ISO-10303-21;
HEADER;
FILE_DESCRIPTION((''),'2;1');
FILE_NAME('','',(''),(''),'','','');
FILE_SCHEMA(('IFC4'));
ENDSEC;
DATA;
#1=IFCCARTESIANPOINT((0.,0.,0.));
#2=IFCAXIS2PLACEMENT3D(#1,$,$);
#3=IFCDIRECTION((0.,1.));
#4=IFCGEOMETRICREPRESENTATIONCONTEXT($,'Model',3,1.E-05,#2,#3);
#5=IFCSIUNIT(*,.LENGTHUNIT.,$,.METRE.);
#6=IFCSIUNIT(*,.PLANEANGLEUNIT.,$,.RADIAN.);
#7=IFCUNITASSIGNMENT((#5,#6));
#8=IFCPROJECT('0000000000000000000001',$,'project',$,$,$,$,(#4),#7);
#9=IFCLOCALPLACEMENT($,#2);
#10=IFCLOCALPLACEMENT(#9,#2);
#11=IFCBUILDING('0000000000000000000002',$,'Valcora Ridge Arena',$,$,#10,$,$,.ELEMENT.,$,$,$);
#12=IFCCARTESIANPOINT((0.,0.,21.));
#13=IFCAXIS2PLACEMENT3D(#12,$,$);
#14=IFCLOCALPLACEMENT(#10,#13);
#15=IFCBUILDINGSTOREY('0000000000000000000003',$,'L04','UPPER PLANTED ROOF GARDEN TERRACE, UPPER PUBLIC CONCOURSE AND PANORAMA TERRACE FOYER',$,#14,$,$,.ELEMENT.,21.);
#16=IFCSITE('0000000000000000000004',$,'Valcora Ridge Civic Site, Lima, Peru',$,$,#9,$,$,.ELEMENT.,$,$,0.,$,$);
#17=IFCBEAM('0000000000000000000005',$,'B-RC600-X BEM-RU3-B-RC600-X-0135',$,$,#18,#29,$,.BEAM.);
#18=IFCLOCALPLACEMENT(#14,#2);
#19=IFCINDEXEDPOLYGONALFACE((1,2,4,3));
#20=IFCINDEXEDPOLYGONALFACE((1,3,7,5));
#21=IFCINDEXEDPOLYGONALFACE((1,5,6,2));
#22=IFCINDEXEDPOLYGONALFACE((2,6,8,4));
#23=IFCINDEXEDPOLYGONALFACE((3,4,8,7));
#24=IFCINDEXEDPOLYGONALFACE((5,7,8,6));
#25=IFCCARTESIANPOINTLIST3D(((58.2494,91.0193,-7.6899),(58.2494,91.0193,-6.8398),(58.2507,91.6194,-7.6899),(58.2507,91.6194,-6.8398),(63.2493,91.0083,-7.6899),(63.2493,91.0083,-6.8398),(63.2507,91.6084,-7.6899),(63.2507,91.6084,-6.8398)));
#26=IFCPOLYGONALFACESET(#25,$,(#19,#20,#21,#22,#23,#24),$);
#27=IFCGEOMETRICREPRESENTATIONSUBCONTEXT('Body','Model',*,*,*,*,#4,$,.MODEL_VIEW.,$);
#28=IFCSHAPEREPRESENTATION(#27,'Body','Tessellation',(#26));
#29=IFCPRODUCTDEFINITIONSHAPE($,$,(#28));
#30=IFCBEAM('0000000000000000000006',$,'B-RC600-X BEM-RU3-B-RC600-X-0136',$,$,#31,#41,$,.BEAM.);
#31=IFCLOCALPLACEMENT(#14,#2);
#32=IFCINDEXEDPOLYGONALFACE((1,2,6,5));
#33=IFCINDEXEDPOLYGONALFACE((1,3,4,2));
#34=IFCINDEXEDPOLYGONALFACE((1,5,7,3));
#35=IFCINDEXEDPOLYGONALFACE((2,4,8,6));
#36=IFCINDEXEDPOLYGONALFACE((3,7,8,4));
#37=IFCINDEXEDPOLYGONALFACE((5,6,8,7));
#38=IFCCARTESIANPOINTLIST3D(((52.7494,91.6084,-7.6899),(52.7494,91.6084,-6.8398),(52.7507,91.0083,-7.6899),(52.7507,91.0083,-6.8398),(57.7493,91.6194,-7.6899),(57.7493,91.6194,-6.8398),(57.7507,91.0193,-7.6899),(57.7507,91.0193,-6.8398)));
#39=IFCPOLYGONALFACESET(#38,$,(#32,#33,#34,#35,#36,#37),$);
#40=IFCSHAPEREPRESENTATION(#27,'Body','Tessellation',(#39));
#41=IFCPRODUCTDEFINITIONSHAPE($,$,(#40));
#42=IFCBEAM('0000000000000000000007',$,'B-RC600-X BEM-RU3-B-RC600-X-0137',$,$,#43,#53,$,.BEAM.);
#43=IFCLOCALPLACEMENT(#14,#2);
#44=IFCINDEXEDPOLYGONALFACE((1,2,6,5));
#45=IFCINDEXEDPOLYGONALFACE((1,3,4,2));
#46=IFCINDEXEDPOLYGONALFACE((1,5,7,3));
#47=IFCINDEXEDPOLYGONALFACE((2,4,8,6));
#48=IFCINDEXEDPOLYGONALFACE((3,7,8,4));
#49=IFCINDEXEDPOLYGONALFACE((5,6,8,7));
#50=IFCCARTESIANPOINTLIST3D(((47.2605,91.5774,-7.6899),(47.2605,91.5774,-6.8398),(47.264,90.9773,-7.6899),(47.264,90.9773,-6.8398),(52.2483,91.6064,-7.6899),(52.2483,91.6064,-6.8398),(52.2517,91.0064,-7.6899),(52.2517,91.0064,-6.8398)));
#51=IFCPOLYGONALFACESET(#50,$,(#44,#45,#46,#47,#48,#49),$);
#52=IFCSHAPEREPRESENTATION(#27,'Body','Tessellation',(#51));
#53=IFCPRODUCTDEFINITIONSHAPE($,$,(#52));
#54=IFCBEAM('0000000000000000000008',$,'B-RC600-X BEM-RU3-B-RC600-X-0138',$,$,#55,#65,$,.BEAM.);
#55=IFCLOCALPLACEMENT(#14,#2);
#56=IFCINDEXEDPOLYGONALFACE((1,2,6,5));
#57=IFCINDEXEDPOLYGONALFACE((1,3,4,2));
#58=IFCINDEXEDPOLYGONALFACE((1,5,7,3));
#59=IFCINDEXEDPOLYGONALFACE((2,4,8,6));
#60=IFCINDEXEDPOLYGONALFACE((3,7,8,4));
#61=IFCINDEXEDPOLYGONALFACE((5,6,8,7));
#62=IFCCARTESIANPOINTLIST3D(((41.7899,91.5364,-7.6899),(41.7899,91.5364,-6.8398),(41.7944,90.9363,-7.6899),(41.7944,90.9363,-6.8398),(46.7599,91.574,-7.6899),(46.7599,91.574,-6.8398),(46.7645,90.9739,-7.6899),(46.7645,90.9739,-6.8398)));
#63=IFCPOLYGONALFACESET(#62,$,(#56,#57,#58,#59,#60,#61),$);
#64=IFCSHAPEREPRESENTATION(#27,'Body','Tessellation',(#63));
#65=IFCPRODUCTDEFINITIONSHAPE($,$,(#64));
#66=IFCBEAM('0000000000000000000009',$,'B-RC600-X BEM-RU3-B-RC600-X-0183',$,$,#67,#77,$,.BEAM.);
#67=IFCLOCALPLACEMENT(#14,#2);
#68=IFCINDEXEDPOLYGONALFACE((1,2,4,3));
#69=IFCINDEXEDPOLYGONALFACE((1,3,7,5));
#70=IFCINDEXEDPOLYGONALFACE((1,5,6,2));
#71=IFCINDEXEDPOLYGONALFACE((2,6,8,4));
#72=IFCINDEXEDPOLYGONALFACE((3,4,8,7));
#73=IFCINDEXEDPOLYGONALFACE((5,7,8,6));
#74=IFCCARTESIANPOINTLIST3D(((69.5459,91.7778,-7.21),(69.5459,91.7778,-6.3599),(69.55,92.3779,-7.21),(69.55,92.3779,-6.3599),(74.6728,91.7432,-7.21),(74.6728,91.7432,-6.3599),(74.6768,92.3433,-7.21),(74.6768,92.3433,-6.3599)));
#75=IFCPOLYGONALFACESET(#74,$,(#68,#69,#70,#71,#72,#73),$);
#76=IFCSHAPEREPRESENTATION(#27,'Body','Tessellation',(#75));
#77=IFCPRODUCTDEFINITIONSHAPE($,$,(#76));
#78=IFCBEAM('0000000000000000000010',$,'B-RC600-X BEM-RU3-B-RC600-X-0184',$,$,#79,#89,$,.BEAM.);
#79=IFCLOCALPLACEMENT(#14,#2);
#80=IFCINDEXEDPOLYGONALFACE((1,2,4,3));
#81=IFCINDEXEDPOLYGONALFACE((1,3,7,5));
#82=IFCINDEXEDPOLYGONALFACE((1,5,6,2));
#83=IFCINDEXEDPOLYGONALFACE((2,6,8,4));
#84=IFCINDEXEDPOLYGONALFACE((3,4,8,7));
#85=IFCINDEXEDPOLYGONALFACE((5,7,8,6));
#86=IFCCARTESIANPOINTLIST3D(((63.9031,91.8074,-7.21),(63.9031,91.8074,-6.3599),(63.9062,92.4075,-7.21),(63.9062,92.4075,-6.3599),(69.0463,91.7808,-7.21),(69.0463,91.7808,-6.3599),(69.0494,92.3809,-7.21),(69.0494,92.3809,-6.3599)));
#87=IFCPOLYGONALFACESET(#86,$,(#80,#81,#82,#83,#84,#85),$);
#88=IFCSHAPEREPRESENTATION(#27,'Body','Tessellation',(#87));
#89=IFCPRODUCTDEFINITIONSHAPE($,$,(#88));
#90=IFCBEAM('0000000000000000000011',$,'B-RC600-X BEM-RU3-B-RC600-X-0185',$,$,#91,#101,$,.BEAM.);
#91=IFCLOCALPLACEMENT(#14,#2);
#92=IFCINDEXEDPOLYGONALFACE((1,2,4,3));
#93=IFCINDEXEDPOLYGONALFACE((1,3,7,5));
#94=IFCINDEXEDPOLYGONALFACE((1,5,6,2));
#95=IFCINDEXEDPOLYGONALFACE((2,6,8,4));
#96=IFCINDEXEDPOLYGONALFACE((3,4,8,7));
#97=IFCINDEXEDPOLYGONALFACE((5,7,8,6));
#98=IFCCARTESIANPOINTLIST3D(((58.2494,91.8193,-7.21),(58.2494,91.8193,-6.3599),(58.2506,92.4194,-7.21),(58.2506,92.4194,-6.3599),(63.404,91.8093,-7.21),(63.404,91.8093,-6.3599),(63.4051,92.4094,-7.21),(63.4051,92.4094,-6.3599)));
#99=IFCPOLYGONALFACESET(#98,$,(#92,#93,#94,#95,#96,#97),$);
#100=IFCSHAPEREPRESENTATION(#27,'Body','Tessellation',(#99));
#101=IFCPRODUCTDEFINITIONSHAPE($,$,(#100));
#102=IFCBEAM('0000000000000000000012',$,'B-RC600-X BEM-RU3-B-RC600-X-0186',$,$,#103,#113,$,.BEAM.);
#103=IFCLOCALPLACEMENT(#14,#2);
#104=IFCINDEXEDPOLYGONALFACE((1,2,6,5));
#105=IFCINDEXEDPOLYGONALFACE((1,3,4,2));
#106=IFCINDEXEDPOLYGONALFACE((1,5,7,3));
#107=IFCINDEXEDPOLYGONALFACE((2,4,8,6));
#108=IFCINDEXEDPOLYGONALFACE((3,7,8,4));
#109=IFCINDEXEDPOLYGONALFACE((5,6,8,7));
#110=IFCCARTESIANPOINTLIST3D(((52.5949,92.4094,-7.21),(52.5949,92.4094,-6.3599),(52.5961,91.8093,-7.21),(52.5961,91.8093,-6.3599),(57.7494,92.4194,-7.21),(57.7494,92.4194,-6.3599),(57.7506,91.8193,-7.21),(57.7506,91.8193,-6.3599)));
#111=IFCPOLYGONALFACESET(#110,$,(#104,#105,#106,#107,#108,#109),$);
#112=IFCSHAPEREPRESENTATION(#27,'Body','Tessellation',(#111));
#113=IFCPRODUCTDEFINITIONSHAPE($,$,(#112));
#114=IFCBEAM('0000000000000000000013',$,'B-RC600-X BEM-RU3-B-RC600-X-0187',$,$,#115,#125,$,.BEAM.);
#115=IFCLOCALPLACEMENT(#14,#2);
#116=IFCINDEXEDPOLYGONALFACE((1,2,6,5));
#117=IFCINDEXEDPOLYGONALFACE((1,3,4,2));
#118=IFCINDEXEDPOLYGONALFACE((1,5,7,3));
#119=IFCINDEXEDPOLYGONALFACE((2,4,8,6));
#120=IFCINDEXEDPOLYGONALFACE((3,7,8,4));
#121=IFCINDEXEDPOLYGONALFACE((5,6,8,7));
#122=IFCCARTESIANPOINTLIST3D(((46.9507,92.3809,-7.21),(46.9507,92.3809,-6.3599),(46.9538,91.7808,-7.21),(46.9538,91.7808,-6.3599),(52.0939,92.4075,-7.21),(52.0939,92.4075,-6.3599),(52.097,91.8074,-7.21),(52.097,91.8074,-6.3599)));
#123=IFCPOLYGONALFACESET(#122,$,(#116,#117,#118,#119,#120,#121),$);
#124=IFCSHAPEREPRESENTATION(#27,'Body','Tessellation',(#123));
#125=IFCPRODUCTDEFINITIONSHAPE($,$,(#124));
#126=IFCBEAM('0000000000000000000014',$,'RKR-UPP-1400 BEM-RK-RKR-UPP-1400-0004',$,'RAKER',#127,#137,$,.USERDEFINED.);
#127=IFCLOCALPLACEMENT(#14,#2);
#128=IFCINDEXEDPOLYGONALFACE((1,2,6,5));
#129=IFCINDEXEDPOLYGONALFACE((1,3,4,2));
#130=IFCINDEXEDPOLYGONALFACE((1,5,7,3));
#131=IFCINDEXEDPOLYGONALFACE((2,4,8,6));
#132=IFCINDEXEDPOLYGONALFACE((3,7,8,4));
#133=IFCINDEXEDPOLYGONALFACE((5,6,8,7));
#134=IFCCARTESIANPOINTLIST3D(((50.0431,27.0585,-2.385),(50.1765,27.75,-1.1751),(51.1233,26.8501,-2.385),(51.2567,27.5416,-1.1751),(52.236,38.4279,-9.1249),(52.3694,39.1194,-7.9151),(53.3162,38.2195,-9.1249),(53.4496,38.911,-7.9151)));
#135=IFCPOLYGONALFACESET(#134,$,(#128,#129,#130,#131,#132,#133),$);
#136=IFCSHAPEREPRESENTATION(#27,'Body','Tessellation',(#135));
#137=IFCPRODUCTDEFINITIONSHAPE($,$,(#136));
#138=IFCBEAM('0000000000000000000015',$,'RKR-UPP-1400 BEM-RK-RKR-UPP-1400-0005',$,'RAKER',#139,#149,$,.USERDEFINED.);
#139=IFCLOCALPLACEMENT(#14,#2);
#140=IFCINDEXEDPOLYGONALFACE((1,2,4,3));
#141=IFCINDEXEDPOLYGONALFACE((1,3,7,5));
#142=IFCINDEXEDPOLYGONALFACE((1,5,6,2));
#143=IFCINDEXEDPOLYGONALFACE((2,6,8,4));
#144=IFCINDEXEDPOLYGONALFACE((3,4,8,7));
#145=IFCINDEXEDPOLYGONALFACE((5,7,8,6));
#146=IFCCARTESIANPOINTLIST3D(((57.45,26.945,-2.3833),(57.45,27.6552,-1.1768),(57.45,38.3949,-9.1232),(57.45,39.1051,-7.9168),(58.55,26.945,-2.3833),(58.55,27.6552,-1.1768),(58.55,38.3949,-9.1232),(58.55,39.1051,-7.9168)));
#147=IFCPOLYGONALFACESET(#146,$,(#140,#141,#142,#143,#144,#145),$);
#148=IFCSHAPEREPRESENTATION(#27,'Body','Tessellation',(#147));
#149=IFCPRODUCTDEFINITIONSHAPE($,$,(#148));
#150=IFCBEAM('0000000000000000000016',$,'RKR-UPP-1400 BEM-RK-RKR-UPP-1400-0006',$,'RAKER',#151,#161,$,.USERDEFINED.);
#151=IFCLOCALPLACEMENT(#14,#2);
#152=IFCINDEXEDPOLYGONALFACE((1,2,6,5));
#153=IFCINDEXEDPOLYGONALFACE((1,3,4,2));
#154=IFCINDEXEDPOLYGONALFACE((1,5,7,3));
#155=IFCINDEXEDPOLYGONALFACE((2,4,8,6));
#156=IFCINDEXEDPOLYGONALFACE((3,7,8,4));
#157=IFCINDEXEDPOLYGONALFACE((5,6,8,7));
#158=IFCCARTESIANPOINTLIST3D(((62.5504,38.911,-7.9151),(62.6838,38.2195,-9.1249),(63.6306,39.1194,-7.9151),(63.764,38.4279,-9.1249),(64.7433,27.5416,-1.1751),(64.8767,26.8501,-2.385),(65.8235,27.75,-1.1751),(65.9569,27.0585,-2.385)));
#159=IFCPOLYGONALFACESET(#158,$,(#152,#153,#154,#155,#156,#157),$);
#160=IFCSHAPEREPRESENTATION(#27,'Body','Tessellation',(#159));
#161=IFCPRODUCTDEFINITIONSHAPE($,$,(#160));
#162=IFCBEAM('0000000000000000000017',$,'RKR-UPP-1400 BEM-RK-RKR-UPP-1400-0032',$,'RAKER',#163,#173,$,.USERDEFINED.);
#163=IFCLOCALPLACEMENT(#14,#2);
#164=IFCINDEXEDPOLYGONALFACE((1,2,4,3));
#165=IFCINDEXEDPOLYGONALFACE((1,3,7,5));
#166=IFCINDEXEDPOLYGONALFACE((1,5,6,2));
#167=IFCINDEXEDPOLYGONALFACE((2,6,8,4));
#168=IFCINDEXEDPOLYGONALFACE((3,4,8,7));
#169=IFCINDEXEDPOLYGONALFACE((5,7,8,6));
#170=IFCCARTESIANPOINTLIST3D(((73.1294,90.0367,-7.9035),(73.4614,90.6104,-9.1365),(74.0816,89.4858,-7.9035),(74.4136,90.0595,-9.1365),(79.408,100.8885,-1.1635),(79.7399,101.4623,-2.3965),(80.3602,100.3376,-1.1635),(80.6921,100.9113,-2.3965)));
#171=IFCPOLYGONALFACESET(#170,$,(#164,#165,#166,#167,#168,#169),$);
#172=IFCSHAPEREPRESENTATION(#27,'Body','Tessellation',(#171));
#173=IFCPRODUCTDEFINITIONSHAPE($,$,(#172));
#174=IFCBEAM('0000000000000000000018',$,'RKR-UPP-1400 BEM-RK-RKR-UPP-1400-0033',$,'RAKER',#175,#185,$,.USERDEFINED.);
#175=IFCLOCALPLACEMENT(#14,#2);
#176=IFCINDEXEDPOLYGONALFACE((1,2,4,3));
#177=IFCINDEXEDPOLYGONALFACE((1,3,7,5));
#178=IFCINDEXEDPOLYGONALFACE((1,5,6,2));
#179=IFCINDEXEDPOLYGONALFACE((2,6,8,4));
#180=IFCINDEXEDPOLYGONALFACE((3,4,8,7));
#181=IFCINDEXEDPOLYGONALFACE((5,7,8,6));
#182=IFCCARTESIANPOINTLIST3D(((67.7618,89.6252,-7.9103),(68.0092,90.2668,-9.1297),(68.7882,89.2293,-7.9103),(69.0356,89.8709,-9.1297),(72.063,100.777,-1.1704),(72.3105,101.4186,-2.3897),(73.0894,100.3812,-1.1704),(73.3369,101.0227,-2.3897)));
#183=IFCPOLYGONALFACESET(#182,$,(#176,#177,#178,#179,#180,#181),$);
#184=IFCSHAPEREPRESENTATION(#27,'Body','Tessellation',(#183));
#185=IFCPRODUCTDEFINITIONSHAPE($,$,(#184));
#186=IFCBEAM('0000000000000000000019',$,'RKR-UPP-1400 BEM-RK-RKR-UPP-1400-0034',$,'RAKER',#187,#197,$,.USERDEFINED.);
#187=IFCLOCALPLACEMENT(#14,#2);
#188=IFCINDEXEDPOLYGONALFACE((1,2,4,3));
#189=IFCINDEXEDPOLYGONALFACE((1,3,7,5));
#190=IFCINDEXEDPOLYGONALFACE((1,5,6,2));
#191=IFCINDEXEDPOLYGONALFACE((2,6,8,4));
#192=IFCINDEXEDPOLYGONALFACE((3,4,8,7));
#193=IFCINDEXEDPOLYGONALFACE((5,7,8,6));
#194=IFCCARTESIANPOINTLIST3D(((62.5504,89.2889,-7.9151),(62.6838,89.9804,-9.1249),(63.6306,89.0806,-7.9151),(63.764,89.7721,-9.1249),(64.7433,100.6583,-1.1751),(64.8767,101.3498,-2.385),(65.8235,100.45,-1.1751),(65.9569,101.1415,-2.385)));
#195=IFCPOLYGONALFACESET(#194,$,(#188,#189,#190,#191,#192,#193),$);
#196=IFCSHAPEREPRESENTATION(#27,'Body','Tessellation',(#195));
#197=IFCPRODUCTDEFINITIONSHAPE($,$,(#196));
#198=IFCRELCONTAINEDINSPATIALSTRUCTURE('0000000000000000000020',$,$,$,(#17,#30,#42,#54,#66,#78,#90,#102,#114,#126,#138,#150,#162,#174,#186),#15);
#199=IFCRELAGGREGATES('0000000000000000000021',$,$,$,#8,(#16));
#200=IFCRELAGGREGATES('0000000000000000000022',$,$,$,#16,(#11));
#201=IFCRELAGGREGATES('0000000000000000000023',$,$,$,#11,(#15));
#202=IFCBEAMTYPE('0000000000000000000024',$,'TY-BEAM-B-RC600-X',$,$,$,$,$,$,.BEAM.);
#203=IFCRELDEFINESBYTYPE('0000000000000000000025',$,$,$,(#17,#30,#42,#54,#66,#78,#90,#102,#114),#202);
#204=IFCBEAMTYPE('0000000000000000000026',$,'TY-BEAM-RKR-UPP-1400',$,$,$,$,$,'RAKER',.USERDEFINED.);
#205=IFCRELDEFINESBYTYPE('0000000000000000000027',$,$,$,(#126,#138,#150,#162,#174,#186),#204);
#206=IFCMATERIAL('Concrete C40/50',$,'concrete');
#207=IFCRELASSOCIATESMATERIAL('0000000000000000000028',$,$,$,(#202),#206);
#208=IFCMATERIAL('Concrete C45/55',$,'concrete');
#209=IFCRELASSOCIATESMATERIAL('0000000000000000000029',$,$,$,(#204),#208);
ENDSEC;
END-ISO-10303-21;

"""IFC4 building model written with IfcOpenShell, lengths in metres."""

from ifc_helpers import new_model, si_unit, direction, frame, origin, origin_2d, place, context, subcontext, project, spatial, rectangle, extrude, material, material_profile, profile_set, type_object, element, save


model = new_model("IFC4")

# Units and contexts
model_context = context("Model", 3, precision=1e-05, world=origin(), true_north=direction((0.0, 1.0)))
body_context = subcontext(model_context, "Body", "Model", "MODEL_VIEW")
ifc_project = project(units=[si_unit("LENGTHUNIT", "METRE"), si_unit("PLANEANGLEUNIT", "RADIAN")], contexts=[model_context])

# Site, building, storey
site_placement = place(None, origin())
site = spatial("IfcSite", under=ifc_project, at=site_placement, Name="Valcora Ridge Civic Site, Lima, Peru", CompositionType="ELEMENT", RefElevation=0.0)
building_placement = place(site_placement, origin())
building = spatial("IfcBuilding", under=site, at=building_placement, Name="Valcora Ridge Arena", CompositionType="ELEMENT")
storey_placement = place(building_placement, frame((0.0, 0.0, 21.0)))
storey = spatial("IfcBuildingStorey", under=building, at=storey_placement, Name="L04", Description="UPPER PLANTED ROOF GARDEN TERRACE, UPPER PUBLIC CONCOURSE AND PANORAMA TERRACE FOYER", CompositionType="ELEMENT", Elevation=21.0)

# Beams
ifc_material_1 = material(Name="Concrete C40/50", Category="concrete")
ifc_material_profile_1 = material_profile(ifc_material_1, rectangle(XDim=0.6001, YDim=0.8501, at=origin_2d()), Name="RC 600x850")
ifc_profile_set_1 = profile_set([ifc_material_profile_1], Name="Concrete C40/50")
beam_type_1 = type_object("IfcBeamType", Name="TY-BEAM-B-RC600-X", PredefinedType="BEAM", material=ifc_profile_set_1)
for number, where, z_axis, x_axis, name in (
    (1, (63.25, 91.3083, -7.2649), (-0.999998, 0.002197, 0.0), (-0.002197, -0.999998, 0.0), "B-RC600-X BEM-RU3-B-RC600-X-0135"),
    (2, (57.75, 91.3193, -7.2649), (-0.999998, -0.002197, 0.0), (0.002197, -0.999998, 0.0), "B-RC600-X BEM-RU3-B-RC600-X-0136"),
):
    element("IfcBeam", number, at=place(storey_placement, frame(where, z_axis=z_axis, x_axis=x_axis)), inside=storey, type_object=beam_type_1, Name=name, PredefinedType="BEAM", context=body_context, shape_type="SweptSolid", body=[
        extrude(rectangle(XDim=0.6001, YDim=0.8501, at=origin_2d()), origin(), (0.0, 0.0, 1.0), 5.0),
    ])
beam_1_placement = place(storey_placement, frame((52.25, 91.3064, -7.2649), z_axis=(-0.999983, -0.005825, 0.0), x_axis=(0.005825, -0.999983, 0.0)))
element("IfcBeam", 3, at=beam_1_placement, inside=storey, type_object=beam_type_1, Name="B-RC600-X BEM-RU3-B-RC600-X-0137", PredefinedType="BEAM", context=body_context, shape_type="SweptSolid", body=[
    extrude(rectangle(XDim=0.6001, YDim=0.8501, at=origin_2d()), origin(), (0.0, 0.0, 1.0), 4.9878),
])
beam_2_placement = place(storey_placement, frame((46.7622, 91.2739, -7.2649), z_axis=(-0.999971, -0.007565, 0.0), x_axis=(0.007565, -0.999971, 0.0)))
element("IfcBeam", 4, at=beam_2_placement, inside=storey, type_object=beam_type_1, Name="B-RC600-X BEM-RU3-B-RC600-X-0138", PredefinedType="BEAM", context=body_context, shape_type="SweptSolid", body=[
    extrude(rectangle(XDim=0.6001, YDim=0.8501, at=origin_2d()), origin(), (0.0, 0.0, 1.0), 4.9702),
])
beam_3_placement = place(storey_placement, frame((74.6748, 92.0432, -6.7849), z_axis=(-0.999977, 0.006762, 0.0), x_axis=(-0.006762, -0.999977, 0.0)))
element("IfcBeam", 5, at=beam_3_placement, inside=storey, type_object=beam_type_1, Name="B-RC600-X BEM-RU3-B-RC600-X-0183", PredefinedType="BEAM", context=body_context, shape_type="SweptSolid", body=[
    extrude(rectangle(XDim=0.6001, YDim=0.8501, at=origin_2d()), origin(), (0.0, 0.0, 1.0), 5.127),
])
beam_4_placement = place(storey_placement, frame((69.0479, 92.0808, -6.7849), z_axis=(-0.999987, 0.005174, 0.0), x_axis=(-0.005174, -0.999987, 0.0)))
element("IfcBeam", 6, at=beam_4_placement, inside=storey, type_object=beam_type_1, Name="B-RC600-X BEM-RU3-B-RC600-X-0184", PredefinedType="BEAM", context=body_context, shape_type="SweptSolid", body=[
    extrude(rectangle(XDim=0.6001, YDim=0.8501, at=origin_2d()), origin(), (0.0, 0.0, 1.0), 5.1433),
])
for number, where, z_axis, x_axis, name in (
    (7, (63.4045, 92.1094, -6.7849), (-0.999998, 0.001942, 0.0), (-0.001942, -0.999998, 0.0), "B-RC600-X BEM-RU3-B-RC600-X-0185"),
    (8, (57.75, 92.1194, -6.7849), (-0.999998, -0.001942, 0.0), (0.001942, -0.999998, 0.0), "B-RC600-X BEM-RU3-B-RC600-X-0186"),
):
    element("IfcBeam", number, at=place(storey_placement, frame(where, z_axis=z_axis, x_axis=x_axis)), inside=storey, type_object=beam_type_1, Name=name, PredefinedType="BEAM", context=body_context, shape_type="SweptSolid", body=[
        extrude(rectangle(XDim=0.6001, YDim=0.8501, at=origin_2d()), origin(), (0.0, 0.0, 1.0), 5.1545),
    ])
beam_5_placement = place(storey_placement, frame((52.0955, 92.1074, -6.7849), z_axis=(-0.999987, -0.005174, 0.0), x_axis=(0.005174, -0.999987, 0.0)))
element("IfcBeam", 9, at=beam_5_placement, inside=storey, type_object=beam_type_1, Name="B-RC600-X BEM-RU3-B-RC600-X-0187", PredefinedType="BEAM", context=body_context, shape_type="SweptSolid", body=[
    extrude(rectangle(XDim=0.6001, YDim=0.8501, at=origin_2d()), origin(), (0.0, 0.0, 1.0), 5.1433),
])
ifc_material_2 = material(Name="Concrete C45/55", Category="concrete")
ifc_material_profile_2 = material_profile(ifc_material_2, rectangle(XDim=1.1001, YDim=1.3999, at=origin_2d()), Name="RC 1100x1400")
ifc_profile_set_2 = profile_set([ifc_material_profile_2], Name="Concrete C45/55")
beam_type_2 = type_object("IfcBeamType", Name="TY-BEAM-RKR-UPP-1400", ElementType="RAKER", PredefinedType="USERDEFINED", material=ifc_profile_set_2)
beam_6_placement = place(storey_placement, frame((52.8428, 38.6694, -8.52), z_axis=(-0.163675, -0.848606, 0.50307), x_axis=(0.981903, -0.189385, 0.0)))
element("IfcBeam", 10, at=beam_6_placement, inside=storey, type_object=beam_type_2, Name="RKR-UPP-1400 BEM-RK-RKR-UPP-1400-0004", ObjectType="RAKER", PredefinedType="USERDEFINED", context=body_context, shape_type="SweptSolid", body=[
    extrude(rectangle(XDim=1.1001, YDim=1.3999, at=origin_2d()), origin(), (0.0, 0.0, 1.0), 13.3977),
])
beam_7_placement = place(storey_placement, frame((58.0, 38.75, -8.52), z_axis=(0.0, -0.861779, 0.507284), x_axis=(1.0, 0.0, 0.0)))
element("IfcBeam", 11, at=beam_7_placement, inside=storey, type_object=beam_type_2, Name="RKR-UPP-1400 BEM-RK-RKR-UPP-1400-0005", ObjectType="RAKER", PredefinedType="USERDEFINED", context=body_context, shape_type="SweptSolid", body=[
    extrude(rectangle(XDim=1.1001, YDim=1.3999, at=origin_2d()), origin(), (0.0, 0.0, 1.0), 13.2864),
])
beam_8_placement = place(storey_placement, frame((63.1572, 38.6694, -8.52), z_axis=(0.163675, -0.848606, 0.50307), x_axis=(0.981903, 0.189385, 0.0)))
element("IfcBeam", 12, at=beam_8_placement, inside=storey, type_object=beam_type_2, Name="RKR-UPP-1400 BEM-RK-RKR-UPP-1400-0006", ObjectType="RAKER", PredefinedType="USERDEFINED", context=body_context, shape_type="SweptSolid", body=[
    extrude(rectangle(XDim=1.1001, YDim=1.3999, at=origin_2d()), origin(), (0.0, 0.0, 1.0), 13.3977),
])
beam_9_placement = place(storey_placement, frame((73.7715, 90.0481, -8.52), z_axis=(0.441093, 0.762381, 0.47351), x_axis=(-0.865567, 0.500794, 0.0)))
element("IfcBeam", 13, at=beam_9_placement, inside=storey, type_object=beam_type_2, Name="RKR-UPP-1400 BEM-RK-RKR-UPP-1400-0032", ObjectType="RAKER", PredefinedType="USERDEFINED", context=body_context, shape_type="SweptSolid", body=[
    extrude(rectangle(XDim=1.1001, YDim=1.3999, at=origin_2d()), origin(), (0.0, 0.0, 1.0), 14.2341),
])
beam_10_placement = place(storey_placement, frame((68.3987, 89.748, -8.52), z_axis=(0.313459, 0.812701, 0.491183), x_axis=(-0.933006, 0.35986, 0.0)))
element("IfcBeam", 14, at=beam_10_placement, inside=storey, type_object=beam_type_2, Name="RKR-UPP-1400 BEM-RK-RKR-UPP-1400-0033", ObjectType="RAKER", PredefinedType="USERDEFINED", context=body_context, shape_type="SweptSolid", body=[
    extrude(rectangle(XDim=1.1001, YDim=1.3999, at=origin_2d()), origin(), (0.0, 0.0, 1.0), 13.7219),
])
beam_11_placement = place(storey_placement, frame((63.1572, 89.5305, -8.52), z_axis=(0.163675, 0.848606, 0.50307), x_axis=(-0.981903, 0.189385, 0.0)))
element("IfcBeam", 15, at=beam_11_placement, inside=storey, type_object=beam_type_2, Name="RKR-UPP-1400 BEM-RK-RKR-UPP-1400-0034", ObjectType="RAKER", PredefinedType="USERDEFINED", context=body_context, shape_type="SweptSolid", body=[
    extrude(rectangle(XDim=1.1001, YDim=1.3999, at=origin_2d()), origin(), (0.0, 0.0, 1.0), 13.3977),
])

save(model, "model.ifc")
